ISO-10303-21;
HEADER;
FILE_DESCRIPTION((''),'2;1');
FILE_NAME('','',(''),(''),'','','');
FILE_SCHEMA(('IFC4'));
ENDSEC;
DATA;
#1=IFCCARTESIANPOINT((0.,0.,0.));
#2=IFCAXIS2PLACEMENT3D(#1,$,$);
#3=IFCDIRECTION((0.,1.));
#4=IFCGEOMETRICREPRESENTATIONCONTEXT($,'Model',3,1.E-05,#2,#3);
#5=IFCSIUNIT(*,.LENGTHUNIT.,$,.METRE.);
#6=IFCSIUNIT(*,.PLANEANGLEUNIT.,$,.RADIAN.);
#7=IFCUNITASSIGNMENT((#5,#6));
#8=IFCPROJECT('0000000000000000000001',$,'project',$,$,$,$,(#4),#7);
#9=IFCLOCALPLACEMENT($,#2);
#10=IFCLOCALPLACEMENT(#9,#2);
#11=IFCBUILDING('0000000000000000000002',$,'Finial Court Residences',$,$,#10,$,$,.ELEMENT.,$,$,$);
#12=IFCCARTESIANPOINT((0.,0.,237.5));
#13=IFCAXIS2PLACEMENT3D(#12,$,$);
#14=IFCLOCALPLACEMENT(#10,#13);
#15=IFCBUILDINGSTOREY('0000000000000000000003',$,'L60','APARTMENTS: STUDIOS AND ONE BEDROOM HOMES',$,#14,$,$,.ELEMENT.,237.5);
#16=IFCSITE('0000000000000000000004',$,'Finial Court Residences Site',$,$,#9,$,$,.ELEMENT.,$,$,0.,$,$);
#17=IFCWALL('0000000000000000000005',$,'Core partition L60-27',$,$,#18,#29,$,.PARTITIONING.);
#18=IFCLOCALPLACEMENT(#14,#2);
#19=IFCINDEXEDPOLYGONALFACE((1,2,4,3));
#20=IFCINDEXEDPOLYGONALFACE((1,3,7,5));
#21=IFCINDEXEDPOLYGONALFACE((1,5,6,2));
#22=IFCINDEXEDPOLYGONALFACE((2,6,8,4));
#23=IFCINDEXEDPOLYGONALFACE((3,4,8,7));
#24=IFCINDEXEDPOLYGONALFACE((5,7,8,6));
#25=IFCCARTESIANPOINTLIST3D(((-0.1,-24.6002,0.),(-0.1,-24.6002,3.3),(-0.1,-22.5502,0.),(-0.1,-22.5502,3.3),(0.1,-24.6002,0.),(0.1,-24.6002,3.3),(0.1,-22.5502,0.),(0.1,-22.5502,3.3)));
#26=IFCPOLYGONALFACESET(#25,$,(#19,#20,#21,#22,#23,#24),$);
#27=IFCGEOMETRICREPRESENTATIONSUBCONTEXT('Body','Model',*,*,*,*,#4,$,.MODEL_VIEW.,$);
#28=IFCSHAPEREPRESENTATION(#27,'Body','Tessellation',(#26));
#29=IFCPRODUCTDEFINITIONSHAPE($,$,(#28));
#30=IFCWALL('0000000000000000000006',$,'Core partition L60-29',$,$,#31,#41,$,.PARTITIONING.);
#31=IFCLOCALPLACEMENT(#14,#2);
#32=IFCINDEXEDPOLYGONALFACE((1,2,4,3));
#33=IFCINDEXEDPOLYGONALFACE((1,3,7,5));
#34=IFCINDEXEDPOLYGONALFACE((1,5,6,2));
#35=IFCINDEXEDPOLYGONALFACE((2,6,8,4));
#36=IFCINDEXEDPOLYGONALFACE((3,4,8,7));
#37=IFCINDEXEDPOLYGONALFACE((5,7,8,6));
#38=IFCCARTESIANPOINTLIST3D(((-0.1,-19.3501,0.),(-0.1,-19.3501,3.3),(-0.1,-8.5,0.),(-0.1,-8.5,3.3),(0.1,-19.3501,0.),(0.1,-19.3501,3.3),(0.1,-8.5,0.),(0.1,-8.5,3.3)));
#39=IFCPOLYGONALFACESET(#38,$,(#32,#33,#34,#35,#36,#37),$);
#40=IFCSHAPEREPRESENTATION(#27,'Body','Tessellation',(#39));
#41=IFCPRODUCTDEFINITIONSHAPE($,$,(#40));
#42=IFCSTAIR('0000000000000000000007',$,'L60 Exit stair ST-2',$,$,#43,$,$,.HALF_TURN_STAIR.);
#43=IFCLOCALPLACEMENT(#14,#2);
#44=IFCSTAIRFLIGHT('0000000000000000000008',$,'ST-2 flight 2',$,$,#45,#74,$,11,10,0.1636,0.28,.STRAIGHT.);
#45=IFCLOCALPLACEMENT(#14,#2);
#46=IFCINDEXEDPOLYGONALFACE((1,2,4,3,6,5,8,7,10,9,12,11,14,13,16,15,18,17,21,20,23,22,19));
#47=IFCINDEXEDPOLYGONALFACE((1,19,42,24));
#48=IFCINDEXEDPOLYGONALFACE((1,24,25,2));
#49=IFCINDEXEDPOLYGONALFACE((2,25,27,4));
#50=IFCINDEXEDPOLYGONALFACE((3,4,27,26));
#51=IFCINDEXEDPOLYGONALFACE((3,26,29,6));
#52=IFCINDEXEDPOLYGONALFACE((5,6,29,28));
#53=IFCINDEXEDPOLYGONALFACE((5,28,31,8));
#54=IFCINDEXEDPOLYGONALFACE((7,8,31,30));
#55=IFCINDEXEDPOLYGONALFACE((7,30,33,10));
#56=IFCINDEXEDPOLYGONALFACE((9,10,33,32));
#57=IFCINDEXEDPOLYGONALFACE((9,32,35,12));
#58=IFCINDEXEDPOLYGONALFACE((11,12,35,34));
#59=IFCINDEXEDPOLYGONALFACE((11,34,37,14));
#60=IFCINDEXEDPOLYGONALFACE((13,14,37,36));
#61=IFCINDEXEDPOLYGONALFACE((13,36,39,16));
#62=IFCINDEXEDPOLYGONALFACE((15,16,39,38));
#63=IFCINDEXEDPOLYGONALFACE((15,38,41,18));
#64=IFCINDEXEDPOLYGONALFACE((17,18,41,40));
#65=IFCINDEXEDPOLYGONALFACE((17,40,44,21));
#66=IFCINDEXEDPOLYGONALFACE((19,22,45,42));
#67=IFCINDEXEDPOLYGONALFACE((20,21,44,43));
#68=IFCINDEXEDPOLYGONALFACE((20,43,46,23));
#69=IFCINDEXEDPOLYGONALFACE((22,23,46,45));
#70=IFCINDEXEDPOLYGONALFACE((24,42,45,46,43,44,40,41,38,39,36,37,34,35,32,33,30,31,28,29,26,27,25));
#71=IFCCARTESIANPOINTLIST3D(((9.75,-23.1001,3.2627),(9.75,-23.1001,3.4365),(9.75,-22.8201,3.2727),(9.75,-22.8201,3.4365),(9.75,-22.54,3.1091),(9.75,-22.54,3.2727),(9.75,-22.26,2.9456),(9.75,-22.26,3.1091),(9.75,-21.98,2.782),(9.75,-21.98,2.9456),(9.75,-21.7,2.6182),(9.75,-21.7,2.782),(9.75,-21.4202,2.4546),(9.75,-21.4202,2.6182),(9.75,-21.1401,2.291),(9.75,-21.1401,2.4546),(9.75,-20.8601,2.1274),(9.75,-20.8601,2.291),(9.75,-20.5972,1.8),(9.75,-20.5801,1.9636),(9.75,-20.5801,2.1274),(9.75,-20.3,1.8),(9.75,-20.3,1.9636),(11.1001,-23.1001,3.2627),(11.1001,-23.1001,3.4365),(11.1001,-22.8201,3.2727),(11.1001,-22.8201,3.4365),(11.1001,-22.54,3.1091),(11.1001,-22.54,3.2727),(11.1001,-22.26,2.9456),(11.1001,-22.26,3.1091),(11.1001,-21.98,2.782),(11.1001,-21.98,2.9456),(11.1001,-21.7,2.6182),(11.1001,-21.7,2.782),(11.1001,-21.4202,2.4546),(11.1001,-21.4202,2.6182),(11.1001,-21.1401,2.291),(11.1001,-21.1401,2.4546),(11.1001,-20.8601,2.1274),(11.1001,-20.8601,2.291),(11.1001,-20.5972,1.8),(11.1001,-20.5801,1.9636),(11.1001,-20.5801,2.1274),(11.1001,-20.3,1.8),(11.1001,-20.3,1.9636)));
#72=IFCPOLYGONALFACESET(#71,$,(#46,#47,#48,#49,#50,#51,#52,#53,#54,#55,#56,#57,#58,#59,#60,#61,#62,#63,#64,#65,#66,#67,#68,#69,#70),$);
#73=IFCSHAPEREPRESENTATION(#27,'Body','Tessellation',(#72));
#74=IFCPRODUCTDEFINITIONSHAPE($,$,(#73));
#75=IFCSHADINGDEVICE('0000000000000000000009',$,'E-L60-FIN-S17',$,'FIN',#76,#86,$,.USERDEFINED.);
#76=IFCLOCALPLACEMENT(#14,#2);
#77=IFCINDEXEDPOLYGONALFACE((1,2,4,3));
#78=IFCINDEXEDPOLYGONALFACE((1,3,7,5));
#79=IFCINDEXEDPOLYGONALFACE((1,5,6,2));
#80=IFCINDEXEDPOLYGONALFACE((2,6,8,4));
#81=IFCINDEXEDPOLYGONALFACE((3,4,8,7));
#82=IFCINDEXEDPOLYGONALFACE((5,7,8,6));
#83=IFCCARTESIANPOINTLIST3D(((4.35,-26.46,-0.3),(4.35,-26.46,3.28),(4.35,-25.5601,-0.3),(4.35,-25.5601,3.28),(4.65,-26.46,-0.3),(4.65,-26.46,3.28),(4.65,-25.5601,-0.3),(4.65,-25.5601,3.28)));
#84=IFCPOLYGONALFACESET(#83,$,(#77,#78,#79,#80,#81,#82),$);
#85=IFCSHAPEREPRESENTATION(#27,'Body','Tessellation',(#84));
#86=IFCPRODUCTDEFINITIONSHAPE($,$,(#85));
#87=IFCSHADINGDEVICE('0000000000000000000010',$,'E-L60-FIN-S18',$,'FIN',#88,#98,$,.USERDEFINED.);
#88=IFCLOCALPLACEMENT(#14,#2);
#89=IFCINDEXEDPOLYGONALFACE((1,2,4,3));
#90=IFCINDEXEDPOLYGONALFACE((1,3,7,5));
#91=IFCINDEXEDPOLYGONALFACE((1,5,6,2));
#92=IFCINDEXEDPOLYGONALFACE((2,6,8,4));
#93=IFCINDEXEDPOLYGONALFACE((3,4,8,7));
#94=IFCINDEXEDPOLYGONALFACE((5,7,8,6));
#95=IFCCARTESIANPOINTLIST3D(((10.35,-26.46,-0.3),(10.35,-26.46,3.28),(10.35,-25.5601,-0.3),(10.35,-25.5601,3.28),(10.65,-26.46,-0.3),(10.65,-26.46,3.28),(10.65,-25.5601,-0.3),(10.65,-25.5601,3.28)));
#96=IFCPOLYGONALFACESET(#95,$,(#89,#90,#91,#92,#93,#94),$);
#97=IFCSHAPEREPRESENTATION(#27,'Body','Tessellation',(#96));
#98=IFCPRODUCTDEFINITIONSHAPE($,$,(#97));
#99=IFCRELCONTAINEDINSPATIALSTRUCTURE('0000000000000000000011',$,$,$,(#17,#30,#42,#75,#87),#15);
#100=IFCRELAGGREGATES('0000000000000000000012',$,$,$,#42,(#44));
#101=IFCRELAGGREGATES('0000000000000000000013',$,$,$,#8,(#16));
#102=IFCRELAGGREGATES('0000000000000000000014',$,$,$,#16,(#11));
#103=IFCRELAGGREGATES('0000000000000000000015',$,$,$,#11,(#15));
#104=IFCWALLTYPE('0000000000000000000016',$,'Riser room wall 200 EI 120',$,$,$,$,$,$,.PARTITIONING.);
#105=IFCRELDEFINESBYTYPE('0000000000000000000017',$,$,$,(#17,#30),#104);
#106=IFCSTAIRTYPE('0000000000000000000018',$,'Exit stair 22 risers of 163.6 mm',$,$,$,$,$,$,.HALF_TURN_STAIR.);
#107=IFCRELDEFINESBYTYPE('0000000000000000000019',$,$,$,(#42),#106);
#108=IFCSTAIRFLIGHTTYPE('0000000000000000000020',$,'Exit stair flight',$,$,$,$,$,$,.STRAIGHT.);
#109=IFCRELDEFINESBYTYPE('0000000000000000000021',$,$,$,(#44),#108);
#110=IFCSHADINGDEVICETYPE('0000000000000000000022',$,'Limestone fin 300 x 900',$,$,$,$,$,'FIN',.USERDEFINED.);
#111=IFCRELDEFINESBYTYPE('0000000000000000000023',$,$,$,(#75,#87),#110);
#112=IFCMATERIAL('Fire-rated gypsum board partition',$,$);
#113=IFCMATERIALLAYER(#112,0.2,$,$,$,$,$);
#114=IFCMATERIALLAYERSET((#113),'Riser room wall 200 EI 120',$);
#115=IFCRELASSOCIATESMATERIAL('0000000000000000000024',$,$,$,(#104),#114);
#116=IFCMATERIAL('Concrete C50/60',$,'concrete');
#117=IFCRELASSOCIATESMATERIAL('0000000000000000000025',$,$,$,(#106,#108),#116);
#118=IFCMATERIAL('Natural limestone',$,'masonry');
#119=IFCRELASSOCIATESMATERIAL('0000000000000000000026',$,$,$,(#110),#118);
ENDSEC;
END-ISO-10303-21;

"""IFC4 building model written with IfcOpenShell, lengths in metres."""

from ifc_helpers import new_model, si_unit, direction, frame, frame_2d, origin, origin_2d, place, context, subcontext, project, spatial, polyline, rectangle, outline, extrude, material, layer, layer_set, type_object, element, aggregate, save


model = new_model("IFC4")

# Units and contexts
model_context = context("Model", 3, precision=1e-05, world=origin(), true_north=direction((0.0, 1.0)))
body_context = subcontext(model_context, "Body", "Model", "MODEL_VIEW")
ifc_project = project(units=[si_unit("LENGTHUNIT", "METRE"), si_unit("PLANEANGLEUNIT", "RADIAN")], contexts=[model_context])

# Site, building, storey
site_placement = place(None, origin())
site = spatial("IfcSite", under=ifc_project, at=site_placement, Name="Finial Court Residences Site", CompositionType="ELEMENT", RefElevation=0.0)
building_placement = place(site_placement, origin())
building = spatial("IfcBuilding", under=site, at=building_placement, Name="Finial Court Residences", CompositionType="ELEMENT")
storey_placement = place(building_placement, frame((0.0, 0.0, 237.5)))
storey = spatial("IfcBuildingStorey", under=building, at=storey_placement, Name="L60", Description="APARTMENTS: STUDIOS AND ONE BEDROOM HOMES", CompositionType="ELEMENT", Elevation=237.5)

# Shared definitions
ifc_material_1 = material(Name="Fire-rated gypsum board partition")

# Walls
ifc_layer_1 = layer(ifc_material_1, 0.2)
ifc_layer_set_1 = layer_set([ifc_layer_1], Name="Riser room wall 200 EI 120")
wall_type_1 = type_object("IfcWallType", Name="Riser room wall 200 EI 120", PredefinedType="PARTITIONING", material=ifc_layer_set_1)
wall_1_placement = place(storey_placement, frame((0.0, -24.6001, 0.0), z_axis=(0.0, 0.0, 1.0), x_axis=(0.0, 1.0, 0.0)))
element("IfcWall", 1, at=wall_1_placement, inside=storey, type_object=wall_type_1, Name="Core partition L60-27", PredefinedType="PARTITIONING", context=body_context, shape_type="SweptSolid", body=[
    extrude(rectangle(XDim=2.05, YDim=0.2, at=frame_2d((1.0249, 0.0))), origin(), (0.0, 0.0, 1.0), 3.3),
])
wall_2_placement = place(storey_placement, frame((0.0, -19.3501, 0.0), z_axis=(0.0, 0.0, 1.0), x_axis=(0.0, 1.0, 0.0)))
element("IfcWall", 2, at=wall_2_placement, inside=storey, type_object=wall_type_1, Name="Core partition L60-29", PredefinedType="PARTITIONING", context=body_context, shape_type="SweptSolid", body=[
    extrude(rectangle(XDim=10.8501, YDim=0.2, at=frame_2d((5.425, 0.0))), origin(), (0.0, 0.0, 1.0), 3.3),
])

# Stair, stair flight
ifc_material_2 = material(Name="Concrete C50/60", Category="concrete")
stair_type = type_object("IfcStairType", Name="Exit stair 22 risers of 163.6 mm", PredefinedType="HALF_TURN_STAIR", material=ifc_material_2)
stair_placement = place(storey_placement, origin())
stair = element("IfcStair", 3, at=stair_placement, inside=storey, type_object=stair_type, Name="L60 Exit stair ST-2", PredefinedType="HALF_TURN_STAIR")
stair_flight_type = type_object("IfcStairFlightType", Name="Exit stair flight", PredefinedType="STRAIGHT", material=ifc_material_2)
stair_flight_placement = place(storey_placement, frame((10.425, -20.3, 1.8), z_axis=(0.0, 0.0, 1.0), x_axis=(0.0, -1.0, 0.0)))
stair_flight = element("IfcStairFlight", 4, at=stair_flight_placement, type_object=stair_flight_type, Name="ST-2 flight 2", NumberOfRisers=11, NumberOfTreads=10, PredefinedType="STRAIGHT", RiserHeight=0.1636, TreadLength=0.28, context=body_context, shape_type="SweptSolid", body=[
    extrude(outline(polyline([(0.0, 0.0), (0.0, 0.1636), (0.28, 0.1636), (0.28, 0.3274), (0.5601, 0.3274), (0.5601, 0.491), (0.8401, 0.491), (0.8401, 0.6545), (1.1201, 0.6545), (1.1201, 0.8181), (1.3999, 0.8181), (1.3999, 0.9819), (1.6799, 0.9819), (1.6799, 1.1455), (1.96, 1.1455), (1.96, 1.3091), (2.24, 1.3091), (2.24, 1.4727), (2.52, 1.4727), (2.52, 1.6365), (2.8, 1.6365), (2.8, 1.8), (2.8, 1.4626), (0.2971, 0.0), (0.0, 0.0)])), frame((0.0, 0.675, 0.0), z_axis=(0.0, -1.0, 0.0), x_axis=(1.0, 0.0, 0.0)), (0.0, 0.0, 1.0), 1.3501),
])
aggregate(stair, [stair_flight])

# Shading devices
ifc_material_3 = material(Name="Natural limestone", Category="masonry")
shading_device_type = type_object("IfcShadingDeviceType", Name="Limestone fin 300 x 900", ElementType="FIN", PredefinedType="USERDEFINED", material=ifc_material_3)
for number, where, z_axis, x_axis, name in (
    (5, (4.5, -26.01, -0.3), (0.0, 0.0, 1.0), (1.0, 0.0, 0.0), "E-L60-FIN-S17"),
    (6, (10.5, -26.01, -0.3), (0.0, 0.0, 1.0), (1.0, 0.0, 0.0), "E-L60-FIN-S18"),
):
    element("IfcShadingDevice", number, at=place(storey_placement, frame(where, z_axis=z_axis, x_axis=x_axis)), inside=storey, type_object=shading_device_type, Name=name, ObjectType="FIN", PredefinedType="USERDEFINED", context=body_context, shape_type="SweptSolid", body=[
        extrude(rectangle(XDim=0.3, YDim=0.8999, at=origin_2d()), origin(), (0.0, 0.0, 1.0), 3.5801),
    ])

save(model, "model.ifc")
